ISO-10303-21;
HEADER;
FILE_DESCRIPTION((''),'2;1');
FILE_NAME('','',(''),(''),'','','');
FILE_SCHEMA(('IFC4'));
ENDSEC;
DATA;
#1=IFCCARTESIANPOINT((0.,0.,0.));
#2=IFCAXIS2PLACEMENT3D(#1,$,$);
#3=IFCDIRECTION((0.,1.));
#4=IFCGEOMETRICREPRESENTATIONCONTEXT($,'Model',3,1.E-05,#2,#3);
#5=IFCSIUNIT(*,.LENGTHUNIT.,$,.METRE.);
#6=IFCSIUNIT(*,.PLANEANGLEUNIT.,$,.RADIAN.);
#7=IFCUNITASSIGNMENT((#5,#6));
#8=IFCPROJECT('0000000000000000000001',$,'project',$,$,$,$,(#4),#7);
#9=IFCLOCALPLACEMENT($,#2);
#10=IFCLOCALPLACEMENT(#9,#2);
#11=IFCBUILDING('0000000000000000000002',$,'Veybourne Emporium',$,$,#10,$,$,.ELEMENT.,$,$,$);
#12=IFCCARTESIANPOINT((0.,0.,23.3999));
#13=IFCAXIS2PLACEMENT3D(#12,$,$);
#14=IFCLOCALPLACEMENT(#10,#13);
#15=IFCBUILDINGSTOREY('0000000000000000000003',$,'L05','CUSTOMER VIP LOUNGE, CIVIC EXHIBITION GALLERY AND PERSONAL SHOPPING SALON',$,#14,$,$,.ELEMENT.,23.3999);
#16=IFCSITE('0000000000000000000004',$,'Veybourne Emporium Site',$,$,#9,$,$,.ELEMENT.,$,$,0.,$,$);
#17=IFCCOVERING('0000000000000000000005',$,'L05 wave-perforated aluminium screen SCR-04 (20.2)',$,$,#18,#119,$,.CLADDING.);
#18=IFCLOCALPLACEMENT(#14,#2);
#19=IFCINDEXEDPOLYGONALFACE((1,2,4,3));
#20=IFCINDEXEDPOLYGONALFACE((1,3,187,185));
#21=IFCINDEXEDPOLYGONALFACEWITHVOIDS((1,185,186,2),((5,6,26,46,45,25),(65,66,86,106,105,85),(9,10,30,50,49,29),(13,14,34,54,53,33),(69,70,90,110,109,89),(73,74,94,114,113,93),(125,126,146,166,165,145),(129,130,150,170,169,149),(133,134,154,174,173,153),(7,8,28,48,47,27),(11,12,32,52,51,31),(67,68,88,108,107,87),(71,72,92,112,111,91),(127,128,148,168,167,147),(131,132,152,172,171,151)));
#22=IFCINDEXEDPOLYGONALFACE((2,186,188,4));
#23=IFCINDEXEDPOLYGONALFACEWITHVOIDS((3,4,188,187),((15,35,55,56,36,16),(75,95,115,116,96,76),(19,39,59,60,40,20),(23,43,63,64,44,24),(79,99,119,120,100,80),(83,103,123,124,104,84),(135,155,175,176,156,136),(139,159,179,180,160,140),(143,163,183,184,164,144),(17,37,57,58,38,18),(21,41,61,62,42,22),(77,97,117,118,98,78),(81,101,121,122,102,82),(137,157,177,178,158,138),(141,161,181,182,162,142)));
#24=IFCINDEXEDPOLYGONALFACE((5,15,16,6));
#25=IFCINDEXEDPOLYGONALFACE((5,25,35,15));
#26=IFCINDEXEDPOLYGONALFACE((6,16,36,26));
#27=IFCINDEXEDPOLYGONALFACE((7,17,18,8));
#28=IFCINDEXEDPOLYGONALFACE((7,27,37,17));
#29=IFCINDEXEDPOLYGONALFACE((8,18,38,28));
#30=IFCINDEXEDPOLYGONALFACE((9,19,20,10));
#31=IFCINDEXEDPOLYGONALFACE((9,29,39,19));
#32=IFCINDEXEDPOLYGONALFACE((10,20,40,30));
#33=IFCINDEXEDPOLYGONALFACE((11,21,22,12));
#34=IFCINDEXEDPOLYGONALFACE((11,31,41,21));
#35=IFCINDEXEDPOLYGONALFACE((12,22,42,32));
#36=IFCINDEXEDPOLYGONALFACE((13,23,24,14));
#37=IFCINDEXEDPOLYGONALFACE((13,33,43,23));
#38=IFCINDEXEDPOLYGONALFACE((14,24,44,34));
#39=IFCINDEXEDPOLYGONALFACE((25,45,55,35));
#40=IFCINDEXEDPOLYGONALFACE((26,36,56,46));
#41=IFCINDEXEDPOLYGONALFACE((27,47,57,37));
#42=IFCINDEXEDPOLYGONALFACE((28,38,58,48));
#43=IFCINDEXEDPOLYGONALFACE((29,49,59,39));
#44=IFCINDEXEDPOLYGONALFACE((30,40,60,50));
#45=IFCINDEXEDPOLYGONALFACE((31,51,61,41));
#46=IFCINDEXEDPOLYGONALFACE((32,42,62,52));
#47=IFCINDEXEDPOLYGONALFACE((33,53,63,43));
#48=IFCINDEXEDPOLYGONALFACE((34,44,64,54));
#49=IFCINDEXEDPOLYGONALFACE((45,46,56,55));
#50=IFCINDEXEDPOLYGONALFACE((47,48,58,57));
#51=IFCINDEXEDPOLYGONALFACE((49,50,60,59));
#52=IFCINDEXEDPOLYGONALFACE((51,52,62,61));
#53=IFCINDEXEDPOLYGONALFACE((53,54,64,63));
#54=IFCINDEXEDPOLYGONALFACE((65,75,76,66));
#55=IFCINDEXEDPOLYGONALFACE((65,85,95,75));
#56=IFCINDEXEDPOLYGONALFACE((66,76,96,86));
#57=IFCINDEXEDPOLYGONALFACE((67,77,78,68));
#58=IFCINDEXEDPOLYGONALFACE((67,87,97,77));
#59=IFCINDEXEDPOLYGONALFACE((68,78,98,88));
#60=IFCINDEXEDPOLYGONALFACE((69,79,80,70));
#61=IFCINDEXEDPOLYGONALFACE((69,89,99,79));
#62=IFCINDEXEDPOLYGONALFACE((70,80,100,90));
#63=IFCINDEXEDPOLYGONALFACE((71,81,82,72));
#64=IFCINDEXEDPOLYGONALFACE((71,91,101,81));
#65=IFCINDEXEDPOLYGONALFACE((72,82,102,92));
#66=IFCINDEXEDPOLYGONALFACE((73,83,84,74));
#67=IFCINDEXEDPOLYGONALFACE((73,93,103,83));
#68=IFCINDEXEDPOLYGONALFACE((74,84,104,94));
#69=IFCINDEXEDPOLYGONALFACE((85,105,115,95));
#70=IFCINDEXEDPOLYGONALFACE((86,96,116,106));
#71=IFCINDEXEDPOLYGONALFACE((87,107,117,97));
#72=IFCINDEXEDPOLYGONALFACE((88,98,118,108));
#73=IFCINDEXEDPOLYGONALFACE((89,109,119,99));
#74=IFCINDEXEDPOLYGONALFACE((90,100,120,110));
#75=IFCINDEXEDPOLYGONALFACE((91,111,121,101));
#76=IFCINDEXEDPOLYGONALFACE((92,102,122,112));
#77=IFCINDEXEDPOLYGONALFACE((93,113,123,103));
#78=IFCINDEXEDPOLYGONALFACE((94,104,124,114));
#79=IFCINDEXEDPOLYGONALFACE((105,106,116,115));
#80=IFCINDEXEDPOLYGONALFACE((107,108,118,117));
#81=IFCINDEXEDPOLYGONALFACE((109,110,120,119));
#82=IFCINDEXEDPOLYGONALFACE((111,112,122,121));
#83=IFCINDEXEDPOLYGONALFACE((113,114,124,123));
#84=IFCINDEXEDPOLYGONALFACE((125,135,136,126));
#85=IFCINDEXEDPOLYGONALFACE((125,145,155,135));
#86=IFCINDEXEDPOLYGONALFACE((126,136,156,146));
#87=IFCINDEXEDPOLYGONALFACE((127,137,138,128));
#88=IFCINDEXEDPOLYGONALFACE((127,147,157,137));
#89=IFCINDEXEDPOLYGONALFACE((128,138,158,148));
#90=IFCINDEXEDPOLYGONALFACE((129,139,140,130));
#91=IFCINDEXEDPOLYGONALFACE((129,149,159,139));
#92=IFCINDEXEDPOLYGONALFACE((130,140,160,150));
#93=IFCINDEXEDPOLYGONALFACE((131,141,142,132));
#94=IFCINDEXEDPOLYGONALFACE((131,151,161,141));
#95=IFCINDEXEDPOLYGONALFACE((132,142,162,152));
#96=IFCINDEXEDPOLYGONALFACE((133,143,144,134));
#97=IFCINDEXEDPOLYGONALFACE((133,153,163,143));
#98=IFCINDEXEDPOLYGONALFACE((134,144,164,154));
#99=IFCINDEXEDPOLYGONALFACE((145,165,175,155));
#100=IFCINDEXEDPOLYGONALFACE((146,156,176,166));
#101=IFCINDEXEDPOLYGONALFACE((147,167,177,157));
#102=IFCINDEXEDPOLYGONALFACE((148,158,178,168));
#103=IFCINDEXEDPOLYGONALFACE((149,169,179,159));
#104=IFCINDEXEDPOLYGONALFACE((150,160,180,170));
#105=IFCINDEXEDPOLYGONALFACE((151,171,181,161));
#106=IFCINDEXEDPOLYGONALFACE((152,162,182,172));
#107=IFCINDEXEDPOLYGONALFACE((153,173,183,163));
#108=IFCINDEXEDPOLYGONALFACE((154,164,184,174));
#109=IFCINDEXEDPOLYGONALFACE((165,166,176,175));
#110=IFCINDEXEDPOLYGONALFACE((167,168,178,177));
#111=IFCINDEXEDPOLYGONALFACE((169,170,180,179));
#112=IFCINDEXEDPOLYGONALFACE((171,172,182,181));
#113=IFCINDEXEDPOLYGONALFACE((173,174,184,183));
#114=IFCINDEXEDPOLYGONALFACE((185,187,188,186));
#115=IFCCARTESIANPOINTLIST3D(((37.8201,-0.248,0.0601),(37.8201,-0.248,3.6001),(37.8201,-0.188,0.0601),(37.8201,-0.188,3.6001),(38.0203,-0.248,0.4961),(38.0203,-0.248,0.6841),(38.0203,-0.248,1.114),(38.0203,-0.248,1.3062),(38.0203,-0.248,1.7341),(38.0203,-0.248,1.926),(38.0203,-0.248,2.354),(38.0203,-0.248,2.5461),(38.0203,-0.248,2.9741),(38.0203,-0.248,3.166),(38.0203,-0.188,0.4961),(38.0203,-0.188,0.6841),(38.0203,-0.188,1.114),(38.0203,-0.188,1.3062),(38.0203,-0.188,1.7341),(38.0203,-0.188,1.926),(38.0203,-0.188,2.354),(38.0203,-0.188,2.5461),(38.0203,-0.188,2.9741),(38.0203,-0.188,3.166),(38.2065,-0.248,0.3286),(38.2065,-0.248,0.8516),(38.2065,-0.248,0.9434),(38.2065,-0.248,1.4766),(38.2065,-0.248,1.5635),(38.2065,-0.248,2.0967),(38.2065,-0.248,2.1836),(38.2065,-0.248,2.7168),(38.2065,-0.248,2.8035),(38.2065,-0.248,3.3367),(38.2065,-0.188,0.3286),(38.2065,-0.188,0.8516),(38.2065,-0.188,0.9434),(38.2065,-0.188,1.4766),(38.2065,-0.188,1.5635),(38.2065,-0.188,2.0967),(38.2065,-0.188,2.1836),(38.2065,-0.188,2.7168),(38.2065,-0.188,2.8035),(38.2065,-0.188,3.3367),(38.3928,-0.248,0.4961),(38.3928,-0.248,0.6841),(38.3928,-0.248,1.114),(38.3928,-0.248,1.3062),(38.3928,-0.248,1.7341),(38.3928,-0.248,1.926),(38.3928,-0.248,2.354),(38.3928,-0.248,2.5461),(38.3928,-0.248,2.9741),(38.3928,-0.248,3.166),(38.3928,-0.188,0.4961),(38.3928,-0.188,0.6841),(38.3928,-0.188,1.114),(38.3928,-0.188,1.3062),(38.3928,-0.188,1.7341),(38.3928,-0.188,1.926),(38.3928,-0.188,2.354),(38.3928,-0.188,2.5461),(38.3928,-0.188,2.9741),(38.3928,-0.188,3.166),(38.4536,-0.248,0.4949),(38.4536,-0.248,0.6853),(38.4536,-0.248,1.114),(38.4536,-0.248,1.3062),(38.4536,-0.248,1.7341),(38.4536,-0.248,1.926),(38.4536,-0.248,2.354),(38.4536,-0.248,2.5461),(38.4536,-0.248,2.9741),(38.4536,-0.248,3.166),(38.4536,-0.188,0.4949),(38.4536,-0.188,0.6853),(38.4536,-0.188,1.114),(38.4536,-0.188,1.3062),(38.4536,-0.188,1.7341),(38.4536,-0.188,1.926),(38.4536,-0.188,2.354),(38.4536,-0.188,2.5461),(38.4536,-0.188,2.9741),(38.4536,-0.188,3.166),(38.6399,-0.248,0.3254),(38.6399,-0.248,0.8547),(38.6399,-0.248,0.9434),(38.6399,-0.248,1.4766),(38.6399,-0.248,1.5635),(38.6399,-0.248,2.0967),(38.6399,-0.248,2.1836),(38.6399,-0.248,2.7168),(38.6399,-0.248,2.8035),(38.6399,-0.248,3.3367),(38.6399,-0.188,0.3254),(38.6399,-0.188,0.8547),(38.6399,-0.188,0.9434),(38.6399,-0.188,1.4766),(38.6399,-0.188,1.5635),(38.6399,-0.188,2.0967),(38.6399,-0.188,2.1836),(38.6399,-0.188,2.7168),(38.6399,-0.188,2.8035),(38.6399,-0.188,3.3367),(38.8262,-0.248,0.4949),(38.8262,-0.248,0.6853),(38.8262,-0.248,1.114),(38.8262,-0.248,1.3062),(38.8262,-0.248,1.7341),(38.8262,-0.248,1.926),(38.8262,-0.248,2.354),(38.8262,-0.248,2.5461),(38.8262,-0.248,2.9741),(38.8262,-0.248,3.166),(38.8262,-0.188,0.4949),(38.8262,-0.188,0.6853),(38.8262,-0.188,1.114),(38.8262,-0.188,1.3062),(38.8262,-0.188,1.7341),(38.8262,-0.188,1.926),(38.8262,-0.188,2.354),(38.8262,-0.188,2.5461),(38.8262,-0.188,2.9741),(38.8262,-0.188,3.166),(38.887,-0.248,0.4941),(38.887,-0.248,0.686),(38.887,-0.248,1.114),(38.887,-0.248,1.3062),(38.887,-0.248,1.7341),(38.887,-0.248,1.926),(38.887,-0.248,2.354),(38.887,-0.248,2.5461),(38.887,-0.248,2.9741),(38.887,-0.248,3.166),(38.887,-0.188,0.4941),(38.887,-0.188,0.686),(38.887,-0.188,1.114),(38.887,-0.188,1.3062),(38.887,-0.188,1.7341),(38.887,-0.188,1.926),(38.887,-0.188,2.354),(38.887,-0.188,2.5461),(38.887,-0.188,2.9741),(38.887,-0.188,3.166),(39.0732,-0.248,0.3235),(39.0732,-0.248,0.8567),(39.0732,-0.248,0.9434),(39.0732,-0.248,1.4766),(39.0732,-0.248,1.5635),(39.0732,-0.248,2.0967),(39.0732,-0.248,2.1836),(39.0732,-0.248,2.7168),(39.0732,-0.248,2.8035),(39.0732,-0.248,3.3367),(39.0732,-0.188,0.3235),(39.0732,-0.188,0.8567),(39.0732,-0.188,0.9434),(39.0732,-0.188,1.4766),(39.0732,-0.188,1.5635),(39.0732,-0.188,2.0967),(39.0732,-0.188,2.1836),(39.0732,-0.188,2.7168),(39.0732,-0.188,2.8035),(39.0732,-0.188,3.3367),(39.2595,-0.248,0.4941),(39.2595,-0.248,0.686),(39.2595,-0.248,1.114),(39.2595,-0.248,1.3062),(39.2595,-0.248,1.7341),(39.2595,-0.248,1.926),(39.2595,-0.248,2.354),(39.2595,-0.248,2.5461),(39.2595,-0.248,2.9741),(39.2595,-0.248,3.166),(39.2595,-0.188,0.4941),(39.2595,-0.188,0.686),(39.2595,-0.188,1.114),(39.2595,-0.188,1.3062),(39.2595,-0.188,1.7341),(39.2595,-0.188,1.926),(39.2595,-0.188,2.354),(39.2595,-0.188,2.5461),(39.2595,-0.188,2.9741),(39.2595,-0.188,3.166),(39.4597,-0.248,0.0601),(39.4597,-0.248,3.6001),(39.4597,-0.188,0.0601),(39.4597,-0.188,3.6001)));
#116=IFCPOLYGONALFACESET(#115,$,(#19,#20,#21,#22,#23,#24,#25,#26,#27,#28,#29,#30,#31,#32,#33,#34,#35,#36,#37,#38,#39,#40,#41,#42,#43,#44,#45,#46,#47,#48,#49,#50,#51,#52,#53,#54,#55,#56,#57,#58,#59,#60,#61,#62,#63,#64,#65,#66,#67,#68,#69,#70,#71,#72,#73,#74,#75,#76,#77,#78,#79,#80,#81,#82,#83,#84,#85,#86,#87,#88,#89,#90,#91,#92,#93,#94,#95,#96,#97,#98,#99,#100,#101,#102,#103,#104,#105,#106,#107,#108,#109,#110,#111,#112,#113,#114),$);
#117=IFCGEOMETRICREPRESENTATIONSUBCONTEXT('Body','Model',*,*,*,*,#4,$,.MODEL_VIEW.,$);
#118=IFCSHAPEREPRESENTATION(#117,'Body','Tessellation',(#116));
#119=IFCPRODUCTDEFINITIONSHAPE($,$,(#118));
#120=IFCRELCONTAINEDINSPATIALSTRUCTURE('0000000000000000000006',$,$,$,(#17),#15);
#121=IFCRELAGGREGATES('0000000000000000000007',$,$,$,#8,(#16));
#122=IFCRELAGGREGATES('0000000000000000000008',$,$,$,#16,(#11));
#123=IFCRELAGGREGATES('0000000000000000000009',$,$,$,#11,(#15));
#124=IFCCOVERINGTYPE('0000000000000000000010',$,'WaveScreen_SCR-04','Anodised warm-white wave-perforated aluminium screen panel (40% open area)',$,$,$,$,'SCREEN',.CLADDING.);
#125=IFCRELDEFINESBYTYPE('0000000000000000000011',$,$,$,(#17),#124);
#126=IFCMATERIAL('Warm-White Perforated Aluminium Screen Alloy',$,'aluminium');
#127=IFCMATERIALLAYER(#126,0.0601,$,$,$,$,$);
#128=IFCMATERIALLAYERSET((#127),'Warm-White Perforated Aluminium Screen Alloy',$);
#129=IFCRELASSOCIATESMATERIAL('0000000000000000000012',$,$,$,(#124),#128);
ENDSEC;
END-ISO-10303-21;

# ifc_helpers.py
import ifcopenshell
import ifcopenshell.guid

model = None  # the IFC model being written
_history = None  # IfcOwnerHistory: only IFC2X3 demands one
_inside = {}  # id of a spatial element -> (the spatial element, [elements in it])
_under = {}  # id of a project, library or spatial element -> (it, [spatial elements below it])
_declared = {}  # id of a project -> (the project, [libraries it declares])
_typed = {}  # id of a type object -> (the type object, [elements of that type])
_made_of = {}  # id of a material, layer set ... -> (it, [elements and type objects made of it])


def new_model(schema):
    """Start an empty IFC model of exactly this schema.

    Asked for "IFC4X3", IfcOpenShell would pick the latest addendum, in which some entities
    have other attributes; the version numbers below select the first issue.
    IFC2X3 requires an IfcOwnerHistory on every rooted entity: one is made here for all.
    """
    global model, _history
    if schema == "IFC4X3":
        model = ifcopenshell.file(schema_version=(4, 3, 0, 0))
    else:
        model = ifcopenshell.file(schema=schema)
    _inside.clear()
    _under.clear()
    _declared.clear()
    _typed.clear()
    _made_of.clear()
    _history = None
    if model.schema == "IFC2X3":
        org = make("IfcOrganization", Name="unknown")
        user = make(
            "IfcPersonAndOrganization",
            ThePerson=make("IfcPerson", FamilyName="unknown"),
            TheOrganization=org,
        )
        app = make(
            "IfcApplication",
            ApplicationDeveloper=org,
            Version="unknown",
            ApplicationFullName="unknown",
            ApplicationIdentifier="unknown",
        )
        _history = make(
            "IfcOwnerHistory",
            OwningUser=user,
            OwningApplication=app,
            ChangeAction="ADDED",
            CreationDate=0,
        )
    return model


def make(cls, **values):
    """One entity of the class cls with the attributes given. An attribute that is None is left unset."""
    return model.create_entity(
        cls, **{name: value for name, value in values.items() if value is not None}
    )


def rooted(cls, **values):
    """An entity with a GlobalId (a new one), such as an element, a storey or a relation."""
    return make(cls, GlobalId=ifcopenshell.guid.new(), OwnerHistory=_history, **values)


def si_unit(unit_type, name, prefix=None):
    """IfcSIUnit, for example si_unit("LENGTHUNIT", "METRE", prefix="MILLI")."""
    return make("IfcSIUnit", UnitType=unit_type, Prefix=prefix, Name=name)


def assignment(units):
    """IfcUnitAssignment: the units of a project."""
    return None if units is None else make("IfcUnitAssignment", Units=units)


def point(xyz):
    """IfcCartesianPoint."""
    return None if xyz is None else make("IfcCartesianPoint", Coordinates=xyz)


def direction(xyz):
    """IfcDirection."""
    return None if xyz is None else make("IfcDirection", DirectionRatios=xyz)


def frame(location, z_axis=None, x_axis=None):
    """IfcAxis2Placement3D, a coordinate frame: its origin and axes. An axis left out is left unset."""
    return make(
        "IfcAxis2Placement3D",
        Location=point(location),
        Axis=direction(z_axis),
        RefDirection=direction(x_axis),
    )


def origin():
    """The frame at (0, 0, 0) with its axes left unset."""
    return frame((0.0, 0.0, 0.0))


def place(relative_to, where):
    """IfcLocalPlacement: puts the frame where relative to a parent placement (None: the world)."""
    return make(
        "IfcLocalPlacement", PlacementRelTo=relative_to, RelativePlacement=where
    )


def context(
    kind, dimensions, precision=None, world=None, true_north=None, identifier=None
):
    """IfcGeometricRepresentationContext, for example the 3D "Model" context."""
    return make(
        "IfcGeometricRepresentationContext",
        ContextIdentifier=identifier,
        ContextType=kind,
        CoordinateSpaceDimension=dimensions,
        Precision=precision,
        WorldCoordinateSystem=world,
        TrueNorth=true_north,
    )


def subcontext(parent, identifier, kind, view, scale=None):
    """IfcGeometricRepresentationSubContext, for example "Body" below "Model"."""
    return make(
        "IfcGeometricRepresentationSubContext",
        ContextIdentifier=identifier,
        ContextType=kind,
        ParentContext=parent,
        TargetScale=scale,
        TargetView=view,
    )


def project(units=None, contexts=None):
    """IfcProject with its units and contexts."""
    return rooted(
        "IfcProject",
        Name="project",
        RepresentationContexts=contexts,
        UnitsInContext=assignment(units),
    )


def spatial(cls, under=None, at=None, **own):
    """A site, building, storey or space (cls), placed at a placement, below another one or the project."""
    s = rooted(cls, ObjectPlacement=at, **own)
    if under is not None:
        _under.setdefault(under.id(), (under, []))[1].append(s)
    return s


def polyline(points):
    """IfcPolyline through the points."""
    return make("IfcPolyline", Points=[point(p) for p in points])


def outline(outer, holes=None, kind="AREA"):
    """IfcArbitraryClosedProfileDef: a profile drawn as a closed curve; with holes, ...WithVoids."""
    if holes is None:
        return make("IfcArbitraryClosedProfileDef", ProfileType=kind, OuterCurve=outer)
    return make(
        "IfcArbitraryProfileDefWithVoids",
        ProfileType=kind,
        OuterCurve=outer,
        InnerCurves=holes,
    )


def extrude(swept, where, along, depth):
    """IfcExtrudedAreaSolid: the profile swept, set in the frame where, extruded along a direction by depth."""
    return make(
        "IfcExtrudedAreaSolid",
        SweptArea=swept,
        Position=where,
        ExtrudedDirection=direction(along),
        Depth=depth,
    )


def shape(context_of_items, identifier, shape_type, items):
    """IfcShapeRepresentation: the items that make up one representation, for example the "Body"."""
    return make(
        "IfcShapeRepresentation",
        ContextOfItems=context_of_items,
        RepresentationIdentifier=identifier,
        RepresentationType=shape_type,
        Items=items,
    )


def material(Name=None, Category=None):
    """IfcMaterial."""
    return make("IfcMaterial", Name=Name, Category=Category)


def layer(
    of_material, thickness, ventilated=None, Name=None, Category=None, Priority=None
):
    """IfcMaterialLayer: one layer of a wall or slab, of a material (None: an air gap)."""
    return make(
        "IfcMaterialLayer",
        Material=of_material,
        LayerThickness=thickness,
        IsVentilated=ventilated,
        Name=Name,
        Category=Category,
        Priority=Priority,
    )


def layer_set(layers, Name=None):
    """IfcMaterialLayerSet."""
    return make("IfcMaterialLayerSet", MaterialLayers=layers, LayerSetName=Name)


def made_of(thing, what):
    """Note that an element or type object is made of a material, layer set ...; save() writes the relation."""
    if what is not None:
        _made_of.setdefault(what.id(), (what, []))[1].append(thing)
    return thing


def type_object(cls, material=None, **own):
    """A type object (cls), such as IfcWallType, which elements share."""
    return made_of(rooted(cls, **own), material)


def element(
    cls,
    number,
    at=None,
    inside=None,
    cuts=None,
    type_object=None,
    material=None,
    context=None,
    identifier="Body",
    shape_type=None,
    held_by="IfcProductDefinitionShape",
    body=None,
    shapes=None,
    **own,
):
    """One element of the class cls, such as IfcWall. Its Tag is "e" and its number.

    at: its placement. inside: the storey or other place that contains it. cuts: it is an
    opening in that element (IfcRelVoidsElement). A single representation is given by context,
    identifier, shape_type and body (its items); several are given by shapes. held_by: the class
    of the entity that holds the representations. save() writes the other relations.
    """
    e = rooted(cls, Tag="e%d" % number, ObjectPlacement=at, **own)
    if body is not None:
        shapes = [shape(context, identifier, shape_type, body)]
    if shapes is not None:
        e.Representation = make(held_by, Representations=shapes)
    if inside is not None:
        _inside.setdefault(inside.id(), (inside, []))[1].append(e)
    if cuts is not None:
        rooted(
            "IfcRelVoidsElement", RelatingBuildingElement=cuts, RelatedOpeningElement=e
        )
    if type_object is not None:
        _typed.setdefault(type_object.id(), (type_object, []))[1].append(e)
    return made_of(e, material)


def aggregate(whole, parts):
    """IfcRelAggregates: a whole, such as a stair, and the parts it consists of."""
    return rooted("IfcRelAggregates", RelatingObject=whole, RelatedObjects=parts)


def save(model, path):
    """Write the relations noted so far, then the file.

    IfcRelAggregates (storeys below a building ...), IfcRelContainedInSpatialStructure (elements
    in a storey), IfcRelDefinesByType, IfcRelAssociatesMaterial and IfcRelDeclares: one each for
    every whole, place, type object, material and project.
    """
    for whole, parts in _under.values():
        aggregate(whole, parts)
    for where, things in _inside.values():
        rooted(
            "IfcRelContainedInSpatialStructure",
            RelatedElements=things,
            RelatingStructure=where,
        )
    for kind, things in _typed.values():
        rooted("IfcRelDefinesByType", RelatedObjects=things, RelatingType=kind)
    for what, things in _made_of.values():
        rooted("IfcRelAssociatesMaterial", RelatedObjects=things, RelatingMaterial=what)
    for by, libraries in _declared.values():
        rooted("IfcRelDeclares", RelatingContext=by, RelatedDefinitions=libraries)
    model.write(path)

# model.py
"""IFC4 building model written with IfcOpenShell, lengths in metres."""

from ifc_helpers import new_model, si_unit, direction, frame, origin, place, context, subcontext, project, spatial, polyline, outline, extrude, material, layer, layer_set, type_object, element, save


model = new_model("IFC4")

# Units and contexts
model_context = context("Model", 3, precision=1e-05, world=origin(), true_north=direction((0.0, 1.0)))
body_context = subcontext(model_context, "Body", "Model", "MODEL_VIEW")
ifc_project = project(units=[si_unit("LENGTHUNIT", "METRE"), si_unit("PLANEANGLEUNIT", "RADIAN")], contexts=[model_context])

# Site, building, storey
site_placement = place(None, origin())
site = spatial("IfcSite", under=ifc_project, at=site_placement, Name="Veybourne Emporium Site", CompositionType="ELEMENT", RefElevation=0.0)
building_placement = place(site_placement, origin())
building = spatial("IfcBuilding", under=site, at=building_placement, Name="Veybourne Emporium", CompositionType="ELEMENT")
storey_placement = place(building_placement, frame((0.0, 0.0, 23.3999)))
storey = spatial("IfcBuildingStorey", under=building, at=storey_placement, Name="L05", Description="CUSTOMER VIP LOUNGE, CIVIC EXHIBITION GALLERY AND PERSONAL SHOPPING SALON", CompositionType="ELEMENT", Elevation=23.3999)

# Covering
ifc_material_1 = material(Name="Warm-White Perforated Aluminium Screen Alloy", Category="aluminium")
ifc_layer_1 = layer(ifc_material_1, 0.0601)
ifc_layer_set_1 = layer_set([ifc_layer_1], Name="Warm-White Perforated Aluminium Screen Alloy")
covering_type_1 = type_object("IfcCoveringType", Name="WaveScreen_SCR-04", Description="Anodised warm-white wave-perforated aluminium screen panel (40% open area)", ElementType="SCREEN", PredefinedType="CLADDING", material=ifc_layer_set_1)
covering_1_placement = place(storey_placement, frame((38.6399, -0.248, 1.8301), z_axis=(0.0, 1.0, 0.0), x_axis=(-1.0, 0.0, 0.0)))
element("IfcCovering", 1, at=covering_1_placement, inside=storey, type_object=covering_type_1, Name="L05 wave-perforated aluminium screen SCR-04 (20.2)", PredefinedType="CLADDING", context=body_context, shape_type="SweptSolid", body=[
    extrude(outline(polyline([(-0.8198, -1.77), (0.8198, -1.77), (0.8198, 1.77), (-0.8198, 1.77), (-0.8198, -1.77)]), holes=[polyline([(-0.4333, -0.9734), (-0.2471, -1.144), (-0.2471, -1.3359), (-0.4333, -1.5066), (-0.6196, -1.3359), (-0.6196, -1.144), (-0.4333, -0.9734)]), polyline([(-0.4333, -0.3535), (-0.2471, -0.5239), (-0.2471, -0.7161), (-0.4333, -0.8867), (-0.6196, -0.7161), (-0.6196, -0.5239), (-0.4333, -0.3535)]), polyline([(-0.4333, 0.2666), (-0.2471, 0.0959), (-0.2471, -0.0959), (-0.4333, -0.2666), (-0.6196, -0.0959), (-0.6196, 0.0959), (-0.4333, 0.2666)]), polyline([(-0.4333, 0.8867), (-0.2471, 0.7161), (-0.2471, 0.5239), (-0.4333, 0.3535), (-0.6196, 0.5239), (-0.6196, 0.7161), (-0.4333, 0.8867)]), polyline([(-0.4333, 1.5066), (-0.2471, 1.3359), (-0.2471, 1.144), (-0.4333, 0.9734), (-0.6196, 1.144), (-0.6196, 1.3359), (-0.4333, 1.5066)]), polyline([(0.0, -0.9753), (0.1863, -1.1448), (0.1863, -1.3352), (0.0, -1.5046), (-0.1863, -1.3352), (-0.1863, -1.1448), (0.0, -0.9753)]), polyline([(0.0, -0.3535), (0.1863, -0.5239), (0.1863, -0.7161), (0.0, -0.8867), (-0.1863, -0.7161), (-0.1863, -0.5239), (0.0, -0.3535)]), polyline([(0.0, 0.2666), (0.1863, 0.0959), (0.1863, -0.0959), (0.0, -0.2666), (-0.1863, -0.0959), (-0.1863, 0.0959), (0.0, 0.2666)]), polyline([(0.0, 0.8867), (0.1863, 0.7161), (0.1863, 0.5239), (0.0, 0.3535), (-0.1863, 0.5239), (-0.1863, 0.7161), (0.0, 0.8867)]), polyline([(0.0, 1.5066), (0.1863, 1.3359), (0.1863, 1.144), (0.0, 0.9734), (-0.1863, 1.144), (-0.1863, 1.3359), (0.0, 1.5066)]), polyline([(0.4333, -0.9785), (0.6196, -1.146), (0.6196, -1.334), (0.4333, -1.5015), (0.2471, -1.334), (0.2471, -1.146), (0.4333, -0.9785)]), polyline([(0.4333, -0.3535), (0.6196, -0.5239), (0.6196, -0.7161), (0.4333, -0.8867), (0.2471, -0.7161), (0.2471, -0.5239), (0.4333, -0.3535)]), polyline([(0.4333, 0.2666), (0.6196, 0.0959), (0.6196, -0.0959), (0.4333, -0.2666), (0.2471, -0.0959), (0.2471, 0.0959), (0.4333, 0.2666)]), polyline([(0.4333, 0.8867), (0.6196, 0.7161), (0.6196, 0.5239), (0.4333, 0.3535), (0.2471, 0.5239), (0.2471, 0.7161), (0.4333, 0.8867)]), polyline([(0.4333, 1.5066), (0.6196, 1.3359), (0.6196, 1.144), (0.4333, 0.9734), (0.2471, 1.144), (0.2471, 1.3359), (0.4333, 1.5066)])]), origin(), (0.0, 0.0, 1.0), 0.0601),
])

save(model, "model.ifc")
